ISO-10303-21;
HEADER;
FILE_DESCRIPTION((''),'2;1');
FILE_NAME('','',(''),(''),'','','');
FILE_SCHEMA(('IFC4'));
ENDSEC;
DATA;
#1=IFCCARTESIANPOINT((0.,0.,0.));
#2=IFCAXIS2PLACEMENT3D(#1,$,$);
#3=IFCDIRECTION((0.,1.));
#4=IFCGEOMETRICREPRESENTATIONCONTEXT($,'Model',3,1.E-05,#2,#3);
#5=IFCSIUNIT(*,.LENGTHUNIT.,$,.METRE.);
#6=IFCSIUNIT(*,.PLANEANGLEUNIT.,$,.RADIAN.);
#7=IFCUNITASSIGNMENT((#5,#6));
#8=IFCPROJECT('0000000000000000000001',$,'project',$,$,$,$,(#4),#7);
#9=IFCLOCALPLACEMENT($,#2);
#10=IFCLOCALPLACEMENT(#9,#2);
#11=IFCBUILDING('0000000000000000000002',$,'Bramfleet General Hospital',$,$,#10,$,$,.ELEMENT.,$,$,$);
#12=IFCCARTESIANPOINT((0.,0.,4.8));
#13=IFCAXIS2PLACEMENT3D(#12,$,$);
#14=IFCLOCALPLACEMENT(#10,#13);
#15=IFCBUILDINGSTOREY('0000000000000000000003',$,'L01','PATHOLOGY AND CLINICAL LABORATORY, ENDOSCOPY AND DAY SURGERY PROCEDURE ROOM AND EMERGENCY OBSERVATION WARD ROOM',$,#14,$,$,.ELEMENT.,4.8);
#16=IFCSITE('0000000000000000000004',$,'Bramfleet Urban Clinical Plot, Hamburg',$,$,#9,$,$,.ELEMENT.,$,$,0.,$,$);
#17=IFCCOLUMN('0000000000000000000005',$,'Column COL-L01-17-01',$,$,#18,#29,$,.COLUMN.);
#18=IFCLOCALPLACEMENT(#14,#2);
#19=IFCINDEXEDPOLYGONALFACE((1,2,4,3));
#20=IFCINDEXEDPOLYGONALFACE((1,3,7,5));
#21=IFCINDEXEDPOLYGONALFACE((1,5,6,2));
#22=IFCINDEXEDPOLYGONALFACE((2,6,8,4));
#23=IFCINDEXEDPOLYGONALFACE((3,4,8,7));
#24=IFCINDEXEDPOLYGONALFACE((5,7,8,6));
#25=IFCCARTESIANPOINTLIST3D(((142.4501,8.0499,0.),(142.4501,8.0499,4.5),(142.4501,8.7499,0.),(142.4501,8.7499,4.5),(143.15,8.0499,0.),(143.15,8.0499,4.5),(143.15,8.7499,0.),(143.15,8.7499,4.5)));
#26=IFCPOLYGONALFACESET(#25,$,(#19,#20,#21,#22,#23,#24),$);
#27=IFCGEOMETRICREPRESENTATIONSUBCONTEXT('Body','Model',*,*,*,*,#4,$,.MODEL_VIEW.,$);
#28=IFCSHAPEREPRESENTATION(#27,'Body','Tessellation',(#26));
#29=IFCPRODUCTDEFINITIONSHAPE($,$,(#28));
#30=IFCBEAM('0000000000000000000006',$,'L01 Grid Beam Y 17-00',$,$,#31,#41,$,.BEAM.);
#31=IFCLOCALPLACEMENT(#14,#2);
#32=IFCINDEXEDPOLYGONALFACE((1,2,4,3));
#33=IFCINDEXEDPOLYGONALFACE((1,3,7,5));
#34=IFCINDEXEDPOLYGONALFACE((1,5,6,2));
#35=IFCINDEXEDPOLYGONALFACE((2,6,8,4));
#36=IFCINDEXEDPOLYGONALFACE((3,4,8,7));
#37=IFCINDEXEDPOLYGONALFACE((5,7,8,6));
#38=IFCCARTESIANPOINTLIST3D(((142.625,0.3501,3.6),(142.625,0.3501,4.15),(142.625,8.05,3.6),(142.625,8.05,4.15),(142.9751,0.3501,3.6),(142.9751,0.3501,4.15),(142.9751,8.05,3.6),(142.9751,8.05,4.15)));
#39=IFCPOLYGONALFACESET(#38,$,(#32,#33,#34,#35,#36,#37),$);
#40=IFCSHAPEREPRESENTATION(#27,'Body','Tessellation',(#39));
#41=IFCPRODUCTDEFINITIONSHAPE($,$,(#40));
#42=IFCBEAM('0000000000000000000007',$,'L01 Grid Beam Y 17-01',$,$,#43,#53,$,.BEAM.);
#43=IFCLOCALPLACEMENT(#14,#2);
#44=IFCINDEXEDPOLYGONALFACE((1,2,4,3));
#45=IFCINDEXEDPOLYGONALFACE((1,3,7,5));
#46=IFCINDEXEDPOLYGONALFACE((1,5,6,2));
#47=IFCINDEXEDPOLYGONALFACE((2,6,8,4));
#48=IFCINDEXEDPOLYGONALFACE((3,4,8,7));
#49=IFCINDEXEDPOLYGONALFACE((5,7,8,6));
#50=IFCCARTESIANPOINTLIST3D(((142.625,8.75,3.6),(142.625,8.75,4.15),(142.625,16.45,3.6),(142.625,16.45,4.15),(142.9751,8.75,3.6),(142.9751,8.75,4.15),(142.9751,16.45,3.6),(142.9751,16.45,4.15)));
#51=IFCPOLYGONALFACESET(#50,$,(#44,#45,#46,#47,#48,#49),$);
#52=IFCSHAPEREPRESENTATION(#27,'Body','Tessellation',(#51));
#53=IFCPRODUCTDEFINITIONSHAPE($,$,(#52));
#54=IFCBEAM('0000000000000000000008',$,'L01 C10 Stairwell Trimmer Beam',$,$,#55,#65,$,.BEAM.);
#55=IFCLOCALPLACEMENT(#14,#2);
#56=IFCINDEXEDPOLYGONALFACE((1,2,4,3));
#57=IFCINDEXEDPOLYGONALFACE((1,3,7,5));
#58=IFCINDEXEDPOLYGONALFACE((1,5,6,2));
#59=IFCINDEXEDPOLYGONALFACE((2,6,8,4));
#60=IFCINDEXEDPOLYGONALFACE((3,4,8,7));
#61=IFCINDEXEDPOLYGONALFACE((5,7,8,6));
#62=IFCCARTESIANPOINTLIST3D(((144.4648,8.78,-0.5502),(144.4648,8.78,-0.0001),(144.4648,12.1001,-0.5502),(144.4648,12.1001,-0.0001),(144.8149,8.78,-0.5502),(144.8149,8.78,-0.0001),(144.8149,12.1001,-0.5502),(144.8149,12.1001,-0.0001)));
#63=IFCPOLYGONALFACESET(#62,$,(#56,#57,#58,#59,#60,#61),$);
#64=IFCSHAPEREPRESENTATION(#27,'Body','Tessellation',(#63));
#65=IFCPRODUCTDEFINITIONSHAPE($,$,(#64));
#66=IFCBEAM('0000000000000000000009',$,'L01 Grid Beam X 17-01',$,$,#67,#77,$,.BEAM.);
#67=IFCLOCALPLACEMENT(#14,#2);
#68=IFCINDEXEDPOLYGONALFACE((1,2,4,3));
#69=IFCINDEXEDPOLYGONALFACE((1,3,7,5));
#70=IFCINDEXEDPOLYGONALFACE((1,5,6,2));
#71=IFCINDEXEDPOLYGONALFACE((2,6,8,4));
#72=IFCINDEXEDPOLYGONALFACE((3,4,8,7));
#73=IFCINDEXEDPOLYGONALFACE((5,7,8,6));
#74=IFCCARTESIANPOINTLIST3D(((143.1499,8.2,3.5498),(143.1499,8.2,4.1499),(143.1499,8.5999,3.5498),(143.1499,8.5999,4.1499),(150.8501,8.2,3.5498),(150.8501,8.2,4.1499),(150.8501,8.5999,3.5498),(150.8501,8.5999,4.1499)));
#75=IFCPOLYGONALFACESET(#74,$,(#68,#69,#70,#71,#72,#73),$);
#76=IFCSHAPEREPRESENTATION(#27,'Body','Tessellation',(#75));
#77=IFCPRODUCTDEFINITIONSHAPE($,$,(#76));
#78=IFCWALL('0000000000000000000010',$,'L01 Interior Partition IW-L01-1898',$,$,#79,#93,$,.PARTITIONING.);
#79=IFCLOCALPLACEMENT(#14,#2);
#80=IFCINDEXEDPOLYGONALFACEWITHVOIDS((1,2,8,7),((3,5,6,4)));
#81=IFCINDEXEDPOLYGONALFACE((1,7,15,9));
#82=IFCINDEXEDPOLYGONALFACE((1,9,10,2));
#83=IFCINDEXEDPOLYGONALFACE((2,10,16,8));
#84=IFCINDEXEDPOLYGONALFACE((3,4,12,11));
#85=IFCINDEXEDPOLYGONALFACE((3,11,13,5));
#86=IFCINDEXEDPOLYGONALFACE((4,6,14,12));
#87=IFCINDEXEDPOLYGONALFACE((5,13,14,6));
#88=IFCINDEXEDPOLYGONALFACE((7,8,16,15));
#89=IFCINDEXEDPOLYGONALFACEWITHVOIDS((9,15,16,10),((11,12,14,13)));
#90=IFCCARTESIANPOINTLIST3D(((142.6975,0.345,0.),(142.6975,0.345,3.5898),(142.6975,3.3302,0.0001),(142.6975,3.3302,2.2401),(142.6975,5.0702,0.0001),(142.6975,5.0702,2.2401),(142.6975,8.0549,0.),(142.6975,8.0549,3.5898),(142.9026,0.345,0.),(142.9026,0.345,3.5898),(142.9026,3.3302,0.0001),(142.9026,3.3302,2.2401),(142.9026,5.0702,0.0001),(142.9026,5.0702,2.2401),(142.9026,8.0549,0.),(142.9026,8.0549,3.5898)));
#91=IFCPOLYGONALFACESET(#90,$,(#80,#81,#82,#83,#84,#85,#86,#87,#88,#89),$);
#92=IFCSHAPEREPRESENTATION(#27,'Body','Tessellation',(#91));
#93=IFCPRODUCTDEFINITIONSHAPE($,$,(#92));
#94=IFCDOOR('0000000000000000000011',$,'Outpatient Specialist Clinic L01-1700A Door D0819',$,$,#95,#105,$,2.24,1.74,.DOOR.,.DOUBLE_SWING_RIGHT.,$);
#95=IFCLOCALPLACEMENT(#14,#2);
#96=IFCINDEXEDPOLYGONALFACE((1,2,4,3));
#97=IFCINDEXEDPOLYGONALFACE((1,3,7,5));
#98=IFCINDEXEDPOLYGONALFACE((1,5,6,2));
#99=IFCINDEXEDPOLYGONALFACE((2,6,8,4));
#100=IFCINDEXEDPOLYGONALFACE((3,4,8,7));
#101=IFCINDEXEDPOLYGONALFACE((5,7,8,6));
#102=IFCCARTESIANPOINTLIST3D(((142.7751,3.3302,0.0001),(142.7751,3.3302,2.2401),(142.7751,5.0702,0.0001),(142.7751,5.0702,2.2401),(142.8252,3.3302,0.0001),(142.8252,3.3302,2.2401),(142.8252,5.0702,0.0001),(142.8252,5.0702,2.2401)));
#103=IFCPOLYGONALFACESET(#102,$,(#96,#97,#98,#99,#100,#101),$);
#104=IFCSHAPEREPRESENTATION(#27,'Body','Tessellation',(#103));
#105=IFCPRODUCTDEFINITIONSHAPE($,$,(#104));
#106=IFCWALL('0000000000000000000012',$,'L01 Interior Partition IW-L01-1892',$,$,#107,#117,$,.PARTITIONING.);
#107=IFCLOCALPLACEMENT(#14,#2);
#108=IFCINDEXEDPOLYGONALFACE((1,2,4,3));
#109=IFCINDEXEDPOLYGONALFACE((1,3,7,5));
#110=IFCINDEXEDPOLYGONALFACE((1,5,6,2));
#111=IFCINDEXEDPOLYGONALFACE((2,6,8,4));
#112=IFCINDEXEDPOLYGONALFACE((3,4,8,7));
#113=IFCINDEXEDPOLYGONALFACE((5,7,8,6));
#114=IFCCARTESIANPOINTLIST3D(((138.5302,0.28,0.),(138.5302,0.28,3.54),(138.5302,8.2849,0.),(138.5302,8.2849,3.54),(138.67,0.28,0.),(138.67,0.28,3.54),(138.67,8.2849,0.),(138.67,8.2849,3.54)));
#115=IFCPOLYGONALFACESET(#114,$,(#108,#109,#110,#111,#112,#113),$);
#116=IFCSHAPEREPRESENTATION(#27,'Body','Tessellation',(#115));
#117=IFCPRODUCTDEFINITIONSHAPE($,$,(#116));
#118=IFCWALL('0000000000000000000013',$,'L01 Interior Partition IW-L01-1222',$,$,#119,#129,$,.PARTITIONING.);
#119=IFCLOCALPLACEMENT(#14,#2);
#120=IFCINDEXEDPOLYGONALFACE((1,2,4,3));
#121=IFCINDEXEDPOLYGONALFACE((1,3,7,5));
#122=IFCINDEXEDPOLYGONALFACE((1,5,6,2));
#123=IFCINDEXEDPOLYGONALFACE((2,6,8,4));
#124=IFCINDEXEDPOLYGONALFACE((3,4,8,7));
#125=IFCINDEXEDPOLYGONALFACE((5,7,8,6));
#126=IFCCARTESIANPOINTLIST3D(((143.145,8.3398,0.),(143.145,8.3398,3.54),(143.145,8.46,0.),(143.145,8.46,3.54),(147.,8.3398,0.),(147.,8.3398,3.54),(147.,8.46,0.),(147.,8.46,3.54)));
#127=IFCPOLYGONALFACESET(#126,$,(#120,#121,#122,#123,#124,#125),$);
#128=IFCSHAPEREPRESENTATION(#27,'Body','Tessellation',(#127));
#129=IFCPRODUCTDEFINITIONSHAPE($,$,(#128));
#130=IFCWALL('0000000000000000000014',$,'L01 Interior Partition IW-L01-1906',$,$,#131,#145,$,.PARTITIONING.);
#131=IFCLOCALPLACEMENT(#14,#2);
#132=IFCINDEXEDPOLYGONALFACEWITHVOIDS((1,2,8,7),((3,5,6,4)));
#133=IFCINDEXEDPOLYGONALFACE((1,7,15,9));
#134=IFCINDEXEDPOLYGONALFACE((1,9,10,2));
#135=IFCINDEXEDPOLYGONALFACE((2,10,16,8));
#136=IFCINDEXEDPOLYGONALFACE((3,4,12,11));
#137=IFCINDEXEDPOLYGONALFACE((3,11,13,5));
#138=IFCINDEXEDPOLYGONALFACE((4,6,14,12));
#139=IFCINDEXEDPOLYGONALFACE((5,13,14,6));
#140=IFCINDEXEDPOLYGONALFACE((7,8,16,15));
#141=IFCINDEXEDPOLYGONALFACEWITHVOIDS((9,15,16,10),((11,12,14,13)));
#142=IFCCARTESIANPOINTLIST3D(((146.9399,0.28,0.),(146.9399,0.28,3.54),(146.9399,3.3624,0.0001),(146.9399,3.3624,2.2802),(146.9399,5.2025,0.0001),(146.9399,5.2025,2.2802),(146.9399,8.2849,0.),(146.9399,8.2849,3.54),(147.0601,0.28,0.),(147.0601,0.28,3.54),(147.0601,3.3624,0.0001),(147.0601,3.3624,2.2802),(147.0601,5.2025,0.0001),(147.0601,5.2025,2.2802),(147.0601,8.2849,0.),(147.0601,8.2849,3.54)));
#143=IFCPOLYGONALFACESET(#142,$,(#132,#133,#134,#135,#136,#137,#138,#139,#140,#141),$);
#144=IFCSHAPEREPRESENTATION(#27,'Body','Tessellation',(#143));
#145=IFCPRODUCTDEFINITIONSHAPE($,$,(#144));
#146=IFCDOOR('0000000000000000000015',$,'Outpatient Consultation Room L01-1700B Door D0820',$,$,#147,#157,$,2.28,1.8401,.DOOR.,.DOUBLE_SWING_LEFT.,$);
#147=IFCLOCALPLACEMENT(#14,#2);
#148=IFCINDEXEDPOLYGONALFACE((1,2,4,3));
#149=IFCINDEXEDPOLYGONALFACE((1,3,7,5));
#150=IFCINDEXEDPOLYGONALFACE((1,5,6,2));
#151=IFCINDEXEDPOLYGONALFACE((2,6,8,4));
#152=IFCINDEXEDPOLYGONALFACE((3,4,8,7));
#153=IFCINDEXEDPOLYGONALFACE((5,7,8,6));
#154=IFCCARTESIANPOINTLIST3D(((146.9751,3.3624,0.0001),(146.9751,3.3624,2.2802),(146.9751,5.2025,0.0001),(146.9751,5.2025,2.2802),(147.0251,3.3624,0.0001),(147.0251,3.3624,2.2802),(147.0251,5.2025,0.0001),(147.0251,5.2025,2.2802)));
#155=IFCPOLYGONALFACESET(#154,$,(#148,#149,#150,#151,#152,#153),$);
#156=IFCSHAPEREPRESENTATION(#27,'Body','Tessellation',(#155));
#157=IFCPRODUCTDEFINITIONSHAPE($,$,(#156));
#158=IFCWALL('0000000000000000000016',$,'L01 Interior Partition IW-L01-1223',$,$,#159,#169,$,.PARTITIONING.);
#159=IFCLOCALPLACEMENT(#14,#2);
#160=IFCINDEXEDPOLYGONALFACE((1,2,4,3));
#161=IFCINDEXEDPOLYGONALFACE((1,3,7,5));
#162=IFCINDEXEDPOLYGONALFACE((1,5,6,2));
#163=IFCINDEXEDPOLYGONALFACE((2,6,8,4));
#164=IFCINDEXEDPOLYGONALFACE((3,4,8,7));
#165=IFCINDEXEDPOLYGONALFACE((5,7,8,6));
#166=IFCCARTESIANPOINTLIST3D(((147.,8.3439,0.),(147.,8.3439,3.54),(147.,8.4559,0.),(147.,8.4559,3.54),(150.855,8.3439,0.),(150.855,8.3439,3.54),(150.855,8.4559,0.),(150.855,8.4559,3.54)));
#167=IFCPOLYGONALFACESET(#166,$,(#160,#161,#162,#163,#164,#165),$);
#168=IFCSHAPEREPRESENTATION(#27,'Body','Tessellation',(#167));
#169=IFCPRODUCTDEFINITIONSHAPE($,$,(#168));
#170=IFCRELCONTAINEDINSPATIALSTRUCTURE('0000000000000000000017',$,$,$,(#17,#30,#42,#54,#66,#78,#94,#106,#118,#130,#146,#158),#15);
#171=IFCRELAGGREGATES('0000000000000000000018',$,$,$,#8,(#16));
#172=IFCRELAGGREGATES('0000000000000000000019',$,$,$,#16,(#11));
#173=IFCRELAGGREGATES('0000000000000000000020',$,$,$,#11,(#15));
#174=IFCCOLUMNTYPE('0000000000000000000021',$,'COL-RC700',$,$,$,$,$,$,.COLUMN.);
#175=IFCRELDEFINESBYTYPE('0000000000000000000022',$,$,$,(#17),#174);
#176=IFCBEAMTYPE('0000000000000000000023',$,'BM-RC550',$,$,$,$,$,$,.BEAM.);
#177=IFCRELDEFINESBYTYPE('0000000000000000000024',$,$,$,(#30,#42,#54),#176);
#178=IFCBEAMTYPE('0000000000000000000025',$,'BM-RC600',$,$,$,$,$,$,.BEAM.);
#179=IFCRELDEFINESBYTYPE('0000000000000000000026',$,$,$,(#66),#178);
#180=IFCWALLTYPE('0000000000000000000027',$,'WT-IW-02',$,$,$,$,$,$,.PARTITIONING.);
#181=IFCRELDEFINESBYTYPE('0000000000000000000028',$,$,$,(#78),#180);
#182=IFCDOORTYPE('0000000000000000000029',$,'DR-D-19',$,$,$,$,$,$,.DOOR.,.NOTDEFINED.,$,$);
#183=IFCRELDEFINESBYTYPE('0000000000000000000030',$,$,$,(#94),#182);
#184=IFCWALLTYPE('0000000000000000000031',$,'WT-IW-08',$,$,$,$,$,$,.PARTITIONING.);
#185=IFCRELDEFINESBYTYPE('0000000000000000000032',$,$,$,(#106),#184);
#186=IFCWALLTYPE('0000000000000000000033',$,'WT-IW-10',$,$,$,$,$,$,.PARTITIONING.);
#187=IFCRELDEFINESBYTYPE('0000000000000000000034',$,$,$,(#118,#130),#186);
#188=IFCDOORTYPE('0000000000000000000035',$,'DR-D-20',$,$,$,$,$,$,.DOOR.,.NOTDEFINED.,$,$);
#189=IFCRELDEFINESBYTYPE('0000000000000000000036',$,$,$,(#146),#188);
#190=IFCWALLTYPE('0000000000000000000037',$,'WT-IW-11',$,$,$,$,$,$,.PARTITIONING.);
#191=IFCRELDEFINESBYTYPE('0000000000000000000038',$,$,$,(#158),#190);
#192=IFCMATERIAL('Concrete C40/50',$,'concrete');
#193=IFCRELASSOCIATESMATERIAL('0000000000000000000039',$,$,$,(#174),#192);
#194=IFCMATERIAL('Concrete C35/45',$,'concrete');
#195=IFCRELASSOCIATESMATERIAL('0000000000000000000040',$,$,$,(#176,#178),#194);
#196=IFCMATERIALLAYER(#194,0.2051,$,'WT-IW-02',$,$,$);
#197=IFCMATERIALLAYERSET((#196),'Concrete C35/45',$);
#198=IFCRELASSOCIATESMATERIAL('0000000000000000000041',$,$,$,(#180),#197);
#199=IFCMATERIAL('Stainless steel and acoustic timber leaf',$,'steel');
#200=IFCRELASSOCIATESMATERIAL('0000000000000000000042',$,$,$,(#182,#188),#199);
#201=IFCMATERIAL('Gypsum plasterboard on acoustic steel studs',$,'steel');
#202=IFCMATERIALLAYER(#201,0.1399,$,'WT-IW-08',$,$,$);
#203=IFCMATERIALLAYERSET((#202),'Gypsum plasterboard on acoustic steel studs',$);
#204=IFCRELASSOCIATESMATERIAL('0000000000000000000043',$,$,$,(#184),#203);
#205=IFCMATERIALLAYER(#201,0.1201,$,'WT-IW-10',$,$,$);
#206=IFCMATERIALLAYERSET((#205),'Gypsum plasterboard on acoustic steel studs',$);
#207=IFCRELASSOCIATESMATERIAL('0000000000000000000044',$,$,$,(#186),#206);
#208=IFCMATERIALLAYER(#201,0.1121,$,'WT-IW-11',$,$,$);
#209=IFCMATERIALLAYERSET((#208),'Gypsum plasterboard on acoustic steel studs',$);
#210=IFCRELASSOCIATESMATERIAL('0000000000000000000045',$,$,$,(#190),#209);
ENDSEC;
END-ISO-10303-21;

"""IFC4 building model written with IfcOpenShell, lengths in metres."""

from ifc_helpers import new_model, si_unit, direction, frame, frame_2d, origin, origin_2d, place, context, subcontext, project, spatial, rectangle, extrude, material, layer, layer_set, material_profile, profile_set, type_object, element, fill, save


model = new_model("IFC4")

# Units and contexts
model_context = context("Model", 3, precision=1e-05, world=origin(), true_north=direction((0.0, 1.0)))
body_context = subcontext(model_context, "Body", "Model", "MODEL_VIEW")
ifc_project = project(units=[si_unit("LENGTHUNIT", "METRE"), si_unit("PLANEANGLEUNIT", "RADIAN")], contexts=[model_context])

# Site, building, storey
site_placement = place(None, origin())
site = spatial("IfcSite", under=ifc_project, at=site_placement, Name="Bramfleet Urban Clinical Plot, Hamburg", CompositionType="ELEMENT", RefElevation=0.0)
building_placement = place(site_placement, origin())
building = spatial("IfcBuilding", under=site, at=building_placement, Name="Bramfleet General Hospital", CompositionType="ELEMENT")
storey_placement = place(building_placement, frame((0.0, 0.0, 4.8)))
storey = spatial("IfcBuildingStorey", under=building, at=storey_placement, Name="L01", Description="PATHOLOGY AND CLINICAL LABORATORY, ENDOSCOPY AND DAY SURGERY PROCEDURE ROOM AND EMERGENCY OBSERVATION WARD ROOM", CompositionType="ELEMENT", Elevation=4.8)

# Column
ifc_material_1 = material(Name="Concrete C40/50", Category="concrete")
ifc_material_profile_1 = material_profile(ifc_material_1, rectangle(XDim=0.7, YDim=0.7, at=origin_2d()), Name="RC COL 700x700")
ifc_profile_set_1 = profile_set([ifc_material_profile_1], Name="Concrete C40/50")
column_type = type_object("IfcColumnType", Name="COL-RC700", PredefinedType="COLUMN", material=ifc_profile_set_1)
column_placement = place(storey_placement, frame((142.8, 8.3999, 0.0), z_axis=(0.0, 0.0, 1.0), x_axis=(1.0, 0.0, 0.0)))
element("IfcColumn", 1, at=column_placement, inside=storey, type_object=column_type, Name="Column COL-L01-17-01", PredefinedType="COLUMN", context=body_context, shape_type="SweptSolid", body=[
    extrude(rectangle(XDim=0.7, YDim=0.7, at=origin_2d()), origin(), (0.0, 0.0, 1.0), 4.5),
])

# Beams
ifc_material_2 = material(Name="Concrete C35/45", Category="concrete")
ifc_material_profile_2 = material_profile(ifc_material_2, rectangle(XDim=0.3501, YDim=0.55, at=origin_2d()), Name="RC BM 550x350")
ifc_profile_set_2 = profile_set([ifc_material_profile_2], Name="Concrete C35/45")
beam_type_1 = type_object("IfcBeamType", Name="BM-RC550", PredefinedType="BEAM", material=ifc_profile_set_2)
for number, where, z_axis, x_axis, name in (
    (2, (142.8, 0.3501, 3.875), (0.0, 1.0, 0.0), (-1.0, 0.0, 0.0), "L01 Grid Beam Y 17-00"),
    (3, (142.8, 8.75, 3.875), (0.0, 1.0, 0.0), (-1.0, 0.0, 0.0), "L01 Grid Beam Y 17-01"),
):
    element("IfcBeam", number, at=place(storey_placement, frame(where, z_axis=z_axis, x_axis=x_axis)), inside=storey, type_object=beam_type_1, Name=name, PredefinedType="BEAM", context=body_context, shape_type="SweptSolid", body=[
        extrude(rectangle(XDim=0.3501, YDim=0.55, at=origin_2d()), origin(), (0.0, 0.0, 1.0), 7.7),
    ])
beam_1_placement = place(storey_placement, frame((144.6399, 8.78, -0.2751), z_axis=(0.0, 1.0, 0.0), x_axis=(-1.0, 0.0, 0.0)))
element("IfcBeam", 4, at=beam_1_placement, inside=storey, type_object=beam_type_1, Name="L01 C10 Stairwell Trimmer Beam", PredefinedType="BEAM", context=body_context, shape_type="SweptSolid", body=[
    extrude(rectangle(XDim=0.3501, YDim=0.55, at=origin_2d()), origin(), (0.0, 0.0, 1.0), 3.3201),
])
ifc_material_profile_3 = material_profile(ifc_material_2, rectangle(XDim=0.3999, YDim=0.6001, at=origin_2d()), Name="RC BM 600x400")
ifc_profile_set_3 = profile_set([ifc_material_profile_3], Name="Concrete C35/45")
beam_type_2 = type_object("IfcBeamType", Name="BM-RC600", PredefinedType="BEAM", material=ifc_profile_set_3)
beam_2_placement = place(storey_placement, frame((143.1499, 8.3999, 3.8499), z_axis=(1.0, 0.0, 0.0), x_axis=(0.0, 1.0, 0.0)))
element("IfcBeam", 5, at=beam_2_placement, inside=storey, type_object=beam_type_2, Name="L01 Grid Beam X 17-01", PredefinedType="BEAM", context=body_context, shape_type="SweptSolid", body=[
    extrude(rectangle(XDim=0.3999, YDim=0.6001, at=origin_2d()), origin(), (0.0, 0.0, 1.0), 7.7002),
])

# Wall, opening, door
ifc_layer_1 = layer(ifc_material_2, 0.2051, Name="WT-IW-02")
ifc_layer_set_1 = layer_set([ifc_layer_1], Name="Concrete C35/45")
wall_type_1 = type_object("IfcWallType", Name="WT-IW-02", PredefinedType="PARTITIONING", material=ifc_layer_set_1)
wall_1_placement = place(storey_placement, frame((142.8, 0.345, 0.0), z_axis=(0.0, 0.0, 1.0), x_axis=(0.0, 1.0, 0.0)))
wall_1 = element("IfcWall", 6, at=wall_1_placement, inside=storey, type_object=wall_type_1, Name="L01 Interior Partition IW-L01-1898", PredefinedType="PARTITIONING", context=body_context, shape_type="SweptSolid", body=[
    extrude(rectangle(XDim=7.71, YDim=0.2051, at=frame_2d((3.855, 0.0))), origin(), (0.0, 0.0, 1.0), 3.5898),
])
opening_1_placement = place(wall_1_placement, frame((2.9851, 0.0, 0.0)))
opening_1 = element("IfcOpeningElement", 7, at=opening_1_placement, cuts=wall_1, PredefinedType="OPENING", context=body_context, shape_type="SweptSolid", body=[
    extrude(rectangle(XDim=1.74, YDim=2.24, at=frame_2d((0.8701, 1.1201))), frame((0.0, 0.1125, 0.0), z_axis=(0.0, -1.0, 0.0), x_axis=(1.0, 0.0, 0.0)), (0.0, 0.0, 1.0), 0.2251),
])
ifc_material_3 = material(Name="Stainless steel and acoustic timber leaf", Category="steel")
door_type_1 = type_object("IfcDoorType", Name="DR-D-19", OperationType="NOTDEFINED", PredefinedType="DOOR", material=ifc_material_3)
door_1_placement = place(opening_1_placement, origin())
door_1 = element("IfcDoor", 8, at=door_1_placement, inside=storey, type_object=door_type_1, Name="Outpatient Specialist Clinic L01-1700A Door D0819", OperationType="DOUBLE_SWING_RIGHT", OverallHeight=2.24, OverallWidth=1.74, PredefinedType="DOOR", context=body_context, shape_type="SweptSolid", body=[
    extrude(rectangle(XDim=1.74, YDim=2.24, at=frame_2d((0.8701, 1.1201))), frame((0.0, 0.0249, 0.0), z_axis=(0.0, -1.0, 0.0), x_axis=(1.0, 0.0, 0.0)), (0.0, 0.0, 1.0), 0.05),
])
fill(opening_1, door_1)

# Wall
ifc_material_4 = material(Name="Gypsum plasterboard on acoustic steel studs", Category="steel")
ifc_layer_2 = layer(ifc_material_4, 0.1399, Name="WT-IW-08")
ifc_layer_set_2 = layer_set([ifc_layer_2], Name="Gypsum plasterboard on acoustic steel studs")
wall_type_2 = type_object("IfcWallType", Name="WT-IW-08", PredefinedType="PARTITIONING", material=ifc_layer_set_2)
wall_2_placement = place(storey_placement, frame((138.6001, 0.28, 0.0), z_axis=(0.0, 0.0, 1.0), x_axis=(0.0, 1.0, 0.0)))
element("IfcWall", 9, at=wall_2_placement, inside=storey, type_object=wall_type_2, Name="L01 Interior Partition IW-L01-1892", PredefinedType="PARTITIONING", context=body_context, shape_type="SweptSolid", body=[
    extrude(rectangle(XDim=8.0049, YDim=0.1399, at=frame_2d((4.0024, 0.0))), origin(), (0.0, 0.0, 1.0), 3.54),
])

# Wall
ifc_layer_3 = layer(ifc_material_4, 0.1201, Name="WT-IW-10")
ifc_layer_set_3 = layer_set([ifc_layer_3], Name="Gypsum plasterboard on acoustic steel studs")
wall_type_3 = type_object("IfcWallType", Name="WT-IW-10", PredefinedType="PARTITIONING", material=ifc_layer_set_3)
wall_3_placement = place(storey_placement, frame((143.145, 8.3999, 0.0), z_axis=(0.0, 0.0, 1.0), x_axis=(1.0, 0.0, 0.0)))
element("IfcWall", 10, at=wall_3_placement, inside=storey, type_object=wall_type_3, Name="L01 Interior Partition IW-L01-1222", PredefinedType="PARTITIONING", context=body_context, shape_type="SweptSolid", body=[
    extrude(rectangle(XDim=3.855, YDim=0.1201, at=frame_2d((1.9275, 0.0))), origin(), (0.0, 0.0, 1.0), 3.54),
])

# Wall, opening, door
wall_4_placement = place(storey_placement, frame((147.0, 0.28, 0.0), z_axis=(0.0, 0.0, 1.0), x_axis=(0.0, 1.0, 0.0)))
wall_4 = element("IfcWall", 11, at=wall_4_placement, inside=storey, type_object=wall_type_3, Name="L01 Interior Partition IW-L01-1906", PredefinedType="PARTITIONING", context=body_context, shape_type="SweptSolid", body=[
    extrude(rectangle(XDim=8.0049, YDim=0.1201, at=frame_2d((4.0024, 0.0))), origin(), (0.0, 0.0, 1.0), 3.54),
])
opening_2_placement = place(wall_4_placement, frame((3.0825, 0.0, 0.0)))
opening_2 = element("IfcOpeningElement", 12, at=opening_2_placement, cuts=wall_4, PredefinedType="OPENING", context=body_context, shape_type="SweptSolid", body=[
    extrude(rectangle(XDim=1.8401, YDim=2.28, at=frame_2d((0.9199, 1.1401))), frame((0.0, 0.0701, 0.0), z_axis=(0.0, -1.0, 0.0), x_axis=(1.0, 0.0, 0.0)), (0.0, 0.0, 1.0), 0.1401),
])
door_type_2 = type_object("IfcDoorType", Name="DR-D-20", OperationType="NOTDEFINED", PredefinedType="DOOR", material=ifc_material_3)
door_2_placement = place(opening_2_placement, origin())
door_2 = element("IfcDoor", 13, at=door_2_placement, inside=storey, type_object=door_type_2, Name="Outpatient Consultation Room L01-1700B Door D0820", OperationType="DOUBLE_SWING_LEFT", OverallHeight=2.28, OverallWidth=1.8401, PredefinedType="DOOR", context=body_context, shape_type="SweptSolid", body=[
    extrude(rectangle(XDim=1.8401, YDim=2.28, at=frame_2d((0.9199, 1.1401))), frame((0.0, 0.0249, 0.0), z_axis=(0.0, -1.0, 0.0), x_axis=(1.0, 0.0, 0.0)), (0.0, 0.0, 1.0), 0.05),
])
fill(opening_2, door_2)

# Wall
ifc_layer_4 = layer(ifc_material_4, 0.1121, Name="WT-IW-11")
ifc_layer_set_4 = layer_set([ifc_layer_4], Name="Gypsum plasterboard on acoustic steel studs")
wall_type_4 = type_object("IfcWallType", Name="WT-IW-11", PredefinedType="PARTITIONING", material=ifc_layer_set_4)
wall_5_placement = place(storey_placement, frame((147.0, 8.3999, 0.0), z_axis=(0.0, 0.0, 1.0), x_axis=(1.0, 0.0, 0.0)))
element("IfcWall", 14, at=wall_5_placement, inside=storey, type_object=wall_type_4, Name="L01 Interior Partition IW-L01-1223", PredefinedType="PARTITIONING", context=body_context, shape_type="SweptSolid", body=[
    extrude(rectangle(XDim=3.855, YDim=0.1121, at=frame_2d((1.9275, 0.0))), origin(), (0.0, 0.0, 1.0), 3.54),
])

save(model, "model.ifc")
